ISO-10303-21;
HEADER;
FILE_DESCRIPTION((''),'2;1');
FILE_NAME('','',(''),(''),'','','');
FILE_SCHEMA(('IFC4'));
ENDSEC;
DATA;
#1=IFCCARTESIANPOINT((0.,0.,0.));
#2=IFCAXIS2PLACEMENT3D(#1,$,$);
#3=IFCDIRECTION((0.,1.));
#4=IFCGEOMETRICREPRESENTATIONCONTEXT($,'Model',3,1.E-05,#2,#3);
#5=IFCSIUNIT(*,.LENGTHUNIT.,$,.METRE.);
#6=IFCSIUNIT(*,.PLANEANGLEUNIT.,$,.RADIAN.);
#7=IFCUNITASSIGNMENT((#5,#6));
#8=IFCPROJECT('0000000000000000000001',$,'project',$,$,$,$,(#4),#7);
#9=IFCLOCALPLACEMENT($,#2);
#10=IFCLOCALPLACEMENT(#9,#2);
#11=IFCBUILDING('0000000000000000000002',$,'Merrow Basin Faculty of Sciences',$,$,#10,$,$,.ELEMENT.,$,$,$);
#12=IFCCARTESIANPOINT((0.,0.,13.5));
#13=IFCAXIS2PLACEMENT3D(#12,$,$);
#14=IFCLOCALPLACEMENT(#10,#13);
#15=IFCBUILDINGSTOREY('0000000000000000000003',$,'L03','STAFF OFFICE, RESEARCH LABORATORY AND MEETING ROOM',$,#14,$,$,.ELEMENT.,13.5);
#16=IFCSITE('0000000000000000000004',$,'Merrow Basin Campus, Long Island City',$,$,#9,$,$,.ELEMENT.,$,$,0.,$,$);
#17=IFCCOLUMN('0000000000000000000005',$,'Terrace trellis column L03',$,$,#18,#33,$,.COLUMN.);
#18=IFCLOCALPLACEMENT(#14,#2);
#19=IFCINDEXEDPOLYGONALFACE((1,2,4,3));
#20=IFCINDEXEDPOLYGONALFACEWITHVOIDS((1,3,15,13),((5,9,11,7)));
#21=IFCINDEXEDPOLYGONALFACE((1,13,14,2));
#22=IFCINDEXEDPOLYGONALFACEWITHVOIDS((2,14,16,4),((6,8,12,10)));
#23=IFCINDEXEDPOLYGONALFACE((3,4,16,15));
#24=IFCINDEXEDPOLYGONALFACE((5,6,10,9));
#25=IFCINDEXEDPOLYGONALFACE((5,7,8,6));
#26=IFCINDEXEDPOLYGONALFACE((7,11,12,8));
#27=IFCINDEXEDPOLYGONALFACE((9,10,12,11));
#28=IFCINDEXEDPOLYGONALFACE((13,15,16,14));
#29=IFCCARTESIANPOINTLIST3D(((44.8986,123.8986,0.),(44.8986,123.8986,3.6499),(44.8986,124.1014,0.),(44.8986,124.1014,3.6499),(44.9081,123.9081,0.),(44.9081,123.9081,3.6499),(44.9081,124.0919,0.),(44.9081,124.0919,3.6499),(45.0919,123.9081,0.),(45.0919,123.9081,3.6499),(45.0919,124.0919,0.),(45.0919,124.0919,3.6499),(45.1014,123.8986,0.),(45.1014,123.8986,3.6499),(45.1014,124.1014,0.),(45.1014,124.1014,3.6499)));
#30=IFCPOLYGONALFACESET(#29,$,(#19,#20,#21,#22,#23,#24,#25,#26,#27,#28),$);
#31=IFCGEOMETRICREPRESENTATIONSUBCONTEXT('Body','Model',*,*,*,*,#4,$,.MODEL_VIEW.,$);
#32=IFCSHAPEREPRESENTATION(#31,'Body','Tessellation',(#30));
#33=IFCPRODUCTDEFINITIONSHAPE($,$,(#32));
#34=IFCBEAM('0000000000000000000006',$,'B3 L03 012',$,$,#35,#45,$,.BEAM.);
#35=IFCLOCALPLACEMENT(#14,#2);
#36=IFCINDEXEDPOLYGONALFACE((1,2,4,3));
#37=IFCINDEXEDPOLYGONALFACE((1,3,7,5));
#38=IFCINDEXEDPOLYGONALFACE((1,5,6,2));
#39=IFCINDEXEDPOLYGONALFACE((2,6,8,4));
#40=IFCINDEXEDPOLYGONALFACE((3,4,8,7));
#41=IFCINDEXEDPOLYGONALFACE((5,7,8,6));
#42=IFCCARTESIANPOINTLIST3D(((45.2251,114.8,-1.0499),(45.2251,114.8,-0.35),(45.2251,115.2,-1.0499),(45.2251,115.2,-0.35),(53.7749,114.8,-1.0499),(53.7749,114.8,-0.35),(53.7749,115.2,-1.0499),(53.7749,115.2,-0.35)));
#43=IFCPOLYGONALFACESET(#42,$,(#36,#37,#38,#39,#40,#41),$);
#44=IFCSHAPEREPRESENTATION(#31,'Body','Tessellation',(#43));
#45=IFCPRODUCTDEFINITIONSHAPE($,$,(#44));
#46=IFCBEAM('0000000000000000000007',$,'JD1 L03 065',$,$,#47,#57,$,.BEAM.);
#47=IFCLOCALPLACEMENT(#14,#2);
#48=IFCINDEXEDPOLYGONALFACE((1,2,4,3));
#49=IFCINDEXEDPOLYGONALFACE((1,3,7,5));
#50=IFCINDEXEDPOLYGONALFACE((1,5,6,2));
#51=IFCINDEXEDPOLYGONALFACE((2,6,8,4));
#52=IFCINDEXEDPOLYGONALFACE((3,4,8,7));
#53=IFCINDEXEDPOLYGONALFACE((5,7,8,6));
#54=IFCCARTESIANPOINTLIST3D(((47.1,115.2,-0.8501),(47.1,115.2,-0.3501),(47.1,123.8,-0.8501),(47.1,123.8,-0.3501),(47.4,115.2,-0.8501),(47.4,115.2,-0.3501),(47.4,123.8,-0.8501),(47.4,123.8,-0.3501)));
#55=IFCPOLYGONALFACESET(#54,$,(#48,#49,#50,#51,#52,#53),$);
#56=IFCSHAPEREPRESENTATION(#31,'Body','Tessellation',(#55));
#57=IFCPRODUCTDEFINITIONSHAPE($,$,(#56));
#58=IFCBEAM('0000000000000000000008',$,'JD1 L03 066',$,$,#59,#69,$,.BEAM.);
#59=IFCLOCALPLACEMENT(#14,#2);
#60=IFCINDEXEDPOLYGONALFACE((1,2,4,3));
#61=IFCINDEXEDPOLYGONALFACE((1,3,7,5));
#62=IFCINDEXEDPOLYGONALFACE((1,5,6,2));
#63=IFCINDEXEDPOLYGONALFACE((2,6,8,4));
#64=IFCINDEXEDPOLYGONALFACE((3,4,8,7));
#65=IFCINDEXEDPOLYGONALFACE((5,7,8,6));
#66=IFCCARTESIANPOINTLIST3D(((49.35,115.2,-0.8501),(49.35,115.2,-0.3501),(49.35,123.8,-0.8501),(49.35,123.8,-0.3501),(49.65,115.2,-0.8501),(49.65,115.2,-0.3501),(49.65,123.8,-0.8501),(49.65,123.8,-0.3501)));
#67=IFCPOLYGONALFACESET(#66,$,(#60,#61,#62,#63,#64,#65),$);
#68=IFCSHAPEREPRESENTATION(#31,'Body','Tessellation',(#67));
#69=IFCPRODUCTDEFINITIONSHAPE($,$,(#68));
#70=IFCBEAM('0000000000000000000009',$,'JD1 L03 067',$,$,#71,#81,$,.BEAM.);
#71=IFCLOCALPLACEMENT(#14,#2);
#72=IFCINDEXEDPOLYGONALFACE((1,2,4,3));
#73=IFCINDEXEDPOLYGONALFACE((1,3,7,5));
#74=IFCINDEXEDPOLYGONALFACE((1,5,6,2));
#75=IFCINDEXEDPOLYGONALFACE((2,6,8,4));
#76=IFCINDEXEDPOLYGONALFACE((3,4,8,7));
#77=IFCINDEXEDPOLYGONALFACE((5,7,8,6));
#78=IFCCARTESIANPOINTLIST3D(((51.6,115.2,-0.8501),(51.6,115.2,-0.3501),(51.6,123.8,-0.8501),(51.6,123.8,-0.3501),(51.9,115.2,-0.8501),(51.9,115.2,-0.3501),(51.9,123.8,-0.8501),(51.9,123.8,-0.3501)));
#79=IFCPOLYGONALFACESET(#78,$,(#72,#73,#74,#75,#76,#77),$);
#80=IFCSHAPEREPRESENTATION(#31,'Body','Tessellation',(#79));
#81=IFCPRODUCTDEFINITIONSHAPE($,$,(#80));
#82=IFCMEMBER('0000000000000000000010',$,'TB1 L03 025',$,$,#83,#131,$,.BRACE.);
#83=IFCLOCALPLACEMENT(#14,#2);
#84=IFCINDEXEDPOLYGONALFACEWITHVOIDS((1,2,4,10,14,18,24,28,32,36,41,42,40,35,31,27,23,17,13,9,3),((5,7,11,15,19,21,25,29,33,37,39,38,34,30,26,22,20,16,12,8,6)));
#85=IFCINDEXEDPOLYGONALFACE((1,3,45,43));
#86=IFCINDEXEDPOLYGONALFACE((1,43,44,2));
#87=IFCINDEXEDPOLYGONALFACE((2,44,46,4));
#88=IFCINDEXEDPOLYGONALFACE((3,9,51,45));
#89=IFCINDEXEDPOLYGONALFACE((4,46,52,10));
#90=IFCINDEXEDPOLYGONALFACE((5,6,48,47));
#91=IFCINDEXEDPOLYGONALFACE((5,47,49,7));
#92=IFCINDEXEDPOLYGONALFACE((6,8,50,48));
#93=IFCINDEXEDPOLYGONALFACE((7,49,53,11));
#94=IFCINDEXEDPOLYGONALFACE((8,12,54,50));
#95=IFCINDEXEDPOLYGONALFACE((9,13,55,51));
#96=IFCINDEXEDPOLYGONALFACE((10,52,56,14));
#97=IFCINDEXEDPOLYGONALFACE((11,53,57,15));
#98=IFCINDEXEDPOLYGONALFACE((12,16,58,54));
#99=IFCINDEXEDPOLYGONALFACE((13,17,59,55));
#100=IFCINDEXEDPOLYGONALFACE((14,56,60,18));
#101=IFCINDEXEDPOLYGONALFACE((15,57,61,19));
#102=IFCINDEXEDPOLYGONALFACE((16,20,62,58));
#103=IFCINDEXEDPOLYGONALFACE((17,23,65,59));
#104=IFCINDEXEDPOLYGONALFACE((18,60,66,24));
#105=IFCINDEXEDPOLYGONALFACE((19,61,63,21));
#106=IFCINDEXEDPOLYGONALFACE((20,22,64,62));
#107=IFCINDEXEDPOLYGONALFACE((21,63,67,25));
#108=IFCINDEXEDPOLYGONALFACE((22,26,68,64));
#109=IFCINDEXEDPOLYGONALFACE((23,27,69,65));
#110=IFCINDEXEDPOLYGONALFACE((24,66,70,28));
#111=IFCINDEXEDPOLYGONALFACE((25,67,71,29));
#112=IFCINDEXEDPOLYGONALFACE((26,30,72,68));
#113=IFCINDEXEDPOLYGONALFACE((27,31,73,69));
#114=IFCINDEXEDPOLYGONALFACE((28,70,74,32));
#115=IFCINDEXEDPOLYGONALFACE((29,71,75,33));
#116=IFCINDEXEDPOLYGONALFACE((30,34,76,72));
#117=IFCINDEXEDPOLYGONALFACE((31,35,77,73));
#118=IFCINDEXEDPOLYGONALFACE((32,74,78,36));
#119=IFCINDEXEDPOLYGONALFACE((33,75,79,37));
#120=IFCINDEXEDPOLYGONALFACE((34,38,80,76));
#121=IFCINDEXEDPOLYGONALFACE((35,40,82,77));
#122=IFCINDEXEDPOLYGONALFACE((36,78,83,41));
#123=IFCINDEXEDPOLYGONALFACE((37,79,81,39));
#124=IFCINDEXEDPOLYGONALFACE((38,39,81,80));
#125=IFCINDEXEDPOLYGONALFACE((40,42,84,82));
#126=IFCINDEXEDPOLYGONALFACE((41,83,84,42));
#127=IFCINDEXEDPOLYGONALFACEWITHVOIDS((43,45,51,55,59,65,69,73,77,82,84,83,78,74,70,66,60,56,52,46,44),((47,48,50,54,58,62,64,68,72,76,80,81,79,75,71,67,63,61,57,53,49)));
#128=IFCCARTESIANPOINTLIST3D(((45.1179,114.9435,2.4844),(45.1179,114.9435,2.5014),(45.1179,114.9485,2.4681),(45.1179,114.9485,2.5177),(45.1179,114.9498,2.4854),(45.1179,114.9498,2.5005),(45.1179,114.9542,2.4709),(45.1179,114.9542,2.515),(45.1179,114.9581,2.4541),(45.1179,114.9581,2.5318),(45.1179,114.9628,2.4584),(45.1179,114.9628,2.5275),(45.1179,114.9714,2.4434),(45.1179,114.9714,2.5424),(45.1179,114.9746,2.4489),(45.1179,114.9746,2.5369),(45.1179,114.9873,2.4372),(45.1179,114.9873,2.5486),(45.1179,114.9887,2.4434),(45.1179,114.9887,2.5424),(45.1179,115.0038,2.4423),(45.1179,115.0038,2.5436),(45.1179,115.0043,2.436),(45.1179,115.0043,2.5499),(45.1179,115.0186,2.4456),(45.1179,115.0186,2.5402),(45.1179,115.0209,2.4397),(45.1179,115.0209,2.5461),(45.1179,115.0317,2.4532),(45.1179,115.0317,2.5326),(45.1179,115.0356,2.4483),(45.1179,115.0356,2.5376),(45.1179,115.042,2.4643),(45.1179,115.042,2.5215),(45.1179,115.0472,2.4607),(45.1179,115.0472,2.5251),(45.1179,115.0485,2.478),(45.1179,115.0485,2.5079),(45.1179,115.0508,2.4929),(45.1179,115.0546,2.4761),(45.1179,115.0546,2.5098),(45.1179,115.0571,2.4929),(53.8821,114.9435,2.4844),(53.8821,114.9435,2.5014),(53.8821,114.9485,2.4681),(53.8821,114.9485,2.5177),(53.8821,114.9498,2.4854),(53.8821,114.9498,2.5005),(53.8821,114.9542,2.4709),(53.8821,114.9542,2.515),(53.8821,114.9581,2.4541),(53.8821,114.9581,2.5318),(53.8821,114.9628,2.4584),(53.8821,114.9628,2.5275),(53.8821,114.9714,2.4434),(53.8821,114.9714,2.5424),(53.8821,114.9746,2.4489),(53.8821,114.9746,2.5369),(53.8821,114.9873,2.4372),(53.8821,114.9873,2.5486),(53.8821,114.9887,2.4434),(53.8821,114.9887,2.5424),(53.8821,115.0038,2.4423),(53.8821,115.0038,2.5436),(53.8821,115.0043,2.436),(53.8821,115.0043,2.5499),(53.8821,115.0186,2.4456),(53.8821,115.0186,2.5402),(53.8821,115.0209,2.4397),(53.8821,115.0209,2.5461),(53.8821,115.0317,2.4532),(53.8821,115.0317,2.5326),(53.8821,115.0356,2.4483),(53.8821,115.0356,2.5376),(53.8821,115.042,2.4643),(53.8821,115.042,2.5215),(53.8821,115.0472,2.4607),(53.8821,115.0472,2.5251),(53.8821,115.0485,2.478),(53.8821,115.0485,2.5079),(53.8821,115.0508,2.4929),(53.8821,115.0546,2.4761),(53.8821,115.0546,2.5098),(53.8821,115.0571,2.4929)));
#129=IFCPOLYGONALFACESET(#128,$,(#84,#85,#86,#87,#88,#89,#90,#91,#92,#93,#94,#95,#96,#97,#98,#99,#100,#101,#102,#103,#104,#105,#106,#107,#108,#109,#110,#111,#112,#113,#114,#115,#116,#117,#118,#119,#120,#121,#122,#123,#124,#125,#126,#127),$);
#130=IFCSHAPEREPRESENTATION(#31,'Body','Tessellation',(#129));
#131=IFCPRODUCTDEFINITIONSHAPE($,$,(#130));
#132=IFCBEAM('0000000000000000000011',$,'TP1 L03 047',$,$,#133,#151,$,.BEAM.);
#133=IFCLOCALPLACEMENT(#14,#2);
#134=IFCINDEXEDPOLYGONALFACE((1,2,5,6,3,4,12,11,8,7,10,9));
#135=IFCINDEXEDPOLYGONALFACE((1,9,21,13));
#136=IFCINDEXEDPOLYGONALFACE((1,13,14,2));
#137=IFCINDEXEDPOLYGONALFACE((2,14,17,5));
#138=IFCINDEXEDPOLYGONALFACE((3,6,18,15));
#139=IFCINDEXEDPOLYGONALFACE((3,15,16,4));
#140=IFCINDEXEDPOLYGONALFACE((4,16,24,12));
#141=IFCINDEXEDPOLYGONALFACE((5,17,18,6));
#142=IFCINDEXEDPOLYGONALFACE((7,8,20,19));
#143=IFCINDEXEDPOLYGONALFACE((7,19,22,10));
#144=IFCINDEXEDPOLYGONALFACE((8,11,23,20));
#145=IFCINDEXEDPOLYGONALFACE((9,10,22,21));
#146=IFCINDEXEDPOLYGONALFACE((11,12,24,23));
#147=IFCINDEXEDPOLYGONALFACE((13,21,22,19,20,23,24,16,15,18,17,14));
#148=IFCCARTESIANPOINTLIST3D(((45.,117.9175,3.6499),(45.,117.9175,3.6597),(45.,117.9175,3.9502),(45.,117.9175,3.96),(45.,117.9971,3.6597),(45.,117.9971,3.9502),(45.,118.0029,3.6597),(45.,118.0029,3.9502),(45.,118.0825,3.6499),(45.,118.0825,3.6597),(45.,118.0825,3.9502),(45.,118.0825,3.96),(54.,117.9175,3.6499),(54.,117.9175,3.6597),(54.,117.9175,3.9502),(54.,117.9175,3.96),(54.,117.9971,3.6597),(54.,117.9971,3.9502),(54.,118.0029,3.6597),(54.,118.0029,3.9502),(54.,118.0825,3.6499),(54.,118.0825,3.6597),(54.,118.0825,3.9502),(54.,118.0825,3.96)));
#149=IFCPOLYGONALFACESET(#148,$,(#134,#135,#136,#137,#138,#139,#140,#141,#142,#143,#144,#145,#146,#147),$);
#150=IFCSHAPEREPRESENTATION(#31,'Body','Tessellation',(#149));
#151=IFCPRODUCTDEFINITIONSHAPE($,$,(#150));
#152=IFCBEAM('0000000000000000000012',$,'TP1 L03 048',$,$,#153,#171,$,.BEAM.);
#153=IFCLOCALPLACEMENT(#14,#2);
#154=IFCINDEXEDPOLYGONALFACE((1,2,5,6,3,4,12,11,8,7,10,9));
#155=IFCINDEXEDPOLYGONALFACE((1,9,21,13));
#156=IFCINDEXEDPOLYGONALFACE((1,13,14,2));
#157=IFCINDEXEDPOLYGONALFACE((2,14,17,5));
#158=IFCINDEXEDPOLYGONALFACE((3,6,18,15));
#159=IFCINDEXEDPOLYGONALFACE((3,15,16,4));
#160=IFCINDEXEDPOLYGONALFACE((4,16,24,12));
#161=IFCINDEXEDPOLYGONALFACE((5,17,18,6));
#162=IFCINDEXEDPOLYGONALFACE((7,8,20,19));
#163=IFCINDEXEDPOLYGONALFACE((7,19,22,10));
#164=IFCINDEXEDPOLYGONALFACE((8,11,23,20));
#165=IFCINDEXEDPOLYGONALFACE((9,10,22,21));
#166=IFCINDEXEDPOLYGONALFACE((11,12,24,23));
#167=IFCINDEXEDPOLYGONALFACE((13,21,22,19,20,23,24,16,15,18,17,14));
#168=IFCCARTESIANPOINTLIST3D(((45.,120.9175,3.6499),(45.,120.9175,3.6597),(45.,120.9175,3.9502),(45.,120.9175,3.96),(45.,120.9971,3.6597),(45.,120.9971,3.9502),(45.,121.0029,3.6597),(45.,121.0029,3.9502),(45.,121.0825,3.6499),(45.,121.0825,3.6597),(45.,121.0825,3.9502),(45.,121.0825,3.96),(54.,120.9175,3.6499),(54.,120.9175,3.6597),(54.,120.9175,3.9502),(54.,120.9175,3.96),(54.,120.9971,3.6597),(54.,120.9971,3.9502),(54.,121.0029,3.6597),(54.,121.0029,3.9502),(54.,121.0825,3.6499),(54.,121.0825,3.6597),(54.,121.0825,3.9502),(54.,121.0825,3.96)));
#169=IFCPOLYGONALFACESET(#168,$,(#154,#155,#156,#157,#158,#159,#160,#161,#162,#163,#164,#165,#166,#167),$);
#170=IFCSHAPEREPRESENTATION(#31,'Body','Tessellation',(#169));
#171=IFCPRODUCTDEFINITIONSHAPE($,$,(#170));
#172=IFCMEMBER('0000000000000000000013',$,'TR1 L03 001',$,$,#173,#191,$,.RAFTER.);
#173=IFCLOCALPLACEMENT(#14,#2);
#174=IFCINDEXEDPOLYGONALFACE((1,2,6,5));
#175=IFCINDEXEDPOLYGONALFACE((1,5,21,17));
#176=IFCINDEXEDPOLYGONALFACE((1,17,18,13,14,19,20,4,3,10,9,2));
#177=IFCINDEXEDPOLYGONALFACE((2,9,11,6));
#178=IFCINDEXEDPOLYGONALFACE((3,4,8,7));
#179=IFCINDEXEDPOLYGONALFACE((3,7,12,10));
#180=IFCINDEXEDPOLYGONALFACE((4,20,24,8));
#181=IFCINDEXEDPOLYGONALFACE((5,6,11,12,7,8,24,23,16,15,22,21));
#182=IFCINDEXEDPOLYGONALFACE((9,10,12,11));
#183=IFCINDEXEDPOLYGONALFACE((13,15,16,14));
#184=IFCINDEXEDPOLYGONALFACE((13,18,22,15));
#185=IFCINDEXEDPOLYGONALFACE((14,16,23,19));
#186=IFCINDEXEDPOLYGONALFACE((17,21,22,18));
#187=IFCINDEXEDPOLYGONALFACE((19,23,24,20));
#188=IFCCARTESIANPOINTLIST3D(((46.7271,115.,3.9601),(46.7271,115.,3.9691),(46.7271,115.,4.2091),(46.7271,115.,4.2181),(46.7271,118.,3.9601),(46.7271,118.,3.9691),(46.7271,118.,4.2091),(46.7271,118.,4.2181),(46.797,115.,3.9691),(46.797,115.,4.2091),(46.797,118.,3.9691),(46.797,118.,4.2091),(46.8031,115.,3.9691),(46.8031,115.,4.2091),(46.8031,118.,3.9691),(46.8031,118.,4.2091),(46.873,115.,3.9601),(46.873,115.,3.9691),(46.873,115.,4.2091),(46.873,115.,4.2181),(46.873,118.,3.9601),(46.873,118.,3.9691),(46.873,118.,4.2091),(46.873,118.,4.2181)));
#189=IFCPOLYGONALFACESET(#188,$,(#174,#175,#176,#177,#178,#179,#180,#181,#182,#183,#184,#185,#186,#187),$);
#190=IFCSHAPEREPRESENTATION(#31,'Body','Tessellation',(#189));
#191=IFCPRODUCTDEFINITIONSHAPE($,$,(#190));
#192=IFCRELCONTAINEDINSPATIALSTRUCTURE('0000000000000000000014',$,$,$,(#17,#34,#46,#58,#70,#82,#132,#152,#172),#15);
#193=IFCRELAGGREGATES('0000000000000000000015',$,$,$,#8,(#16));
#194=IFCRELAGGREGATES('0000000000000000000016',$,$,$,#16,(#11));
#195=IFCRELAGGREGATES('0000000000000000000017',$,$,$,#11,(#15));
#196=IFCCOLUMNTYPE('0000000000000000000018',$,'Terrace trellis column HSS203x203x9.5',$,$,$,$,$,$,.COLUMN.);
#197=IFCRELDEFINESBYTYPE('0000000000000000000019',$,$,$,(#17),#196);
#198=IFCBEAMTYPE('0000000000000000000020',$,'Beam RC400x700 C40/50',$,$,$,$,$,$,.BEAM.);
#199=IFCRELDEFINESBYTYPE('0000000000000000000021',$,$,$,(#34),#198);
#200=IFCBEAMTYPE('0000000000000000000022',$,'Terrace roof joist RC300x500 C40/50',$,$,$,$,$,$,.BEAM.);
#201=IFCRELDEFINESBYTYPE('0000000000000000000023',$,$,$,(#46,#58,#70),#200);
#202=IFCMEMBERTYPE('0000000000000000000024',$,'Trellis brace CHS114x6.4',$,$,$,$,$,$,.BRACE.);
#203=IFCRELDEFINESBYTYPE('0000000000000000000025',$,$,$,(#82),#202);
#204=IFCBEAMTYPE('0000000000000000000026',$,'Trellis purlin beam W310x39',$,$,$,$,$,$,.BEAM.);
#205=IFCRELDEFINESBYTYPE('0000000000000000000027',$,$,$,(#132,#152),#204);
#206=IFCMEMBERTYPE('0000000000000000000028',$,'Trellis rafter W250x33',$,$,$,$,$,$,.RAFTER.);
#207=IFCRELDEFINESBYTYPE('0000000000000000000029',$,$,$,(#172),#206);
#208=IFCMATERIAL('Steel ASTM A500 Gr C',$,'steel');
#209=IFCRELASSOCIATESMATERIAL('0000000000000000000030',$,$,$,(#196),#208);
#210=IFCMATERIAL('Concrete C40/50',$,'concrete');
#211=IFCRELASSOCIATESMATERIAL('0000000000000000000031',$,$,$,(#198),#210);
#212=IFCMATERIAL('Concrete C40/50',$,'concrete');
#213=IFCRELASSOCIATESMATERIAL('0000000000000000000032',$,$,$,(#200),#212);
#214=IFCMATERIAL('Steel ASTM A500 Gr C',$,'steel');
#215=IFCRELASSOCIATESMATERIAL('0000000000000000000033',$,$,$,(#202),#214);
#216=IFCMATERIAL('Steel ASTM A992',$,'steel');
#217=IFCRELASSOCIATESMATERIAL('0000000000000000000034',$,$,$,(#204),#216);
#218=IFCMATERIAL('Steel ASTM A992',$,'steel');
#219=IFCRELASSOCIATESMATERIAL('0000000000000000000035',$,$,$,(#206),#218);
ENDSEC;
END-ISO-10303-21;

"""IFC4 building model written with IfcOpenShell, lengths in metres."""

from ifc_helpers import new_model, si_unit, direction, frame, origin, origin_2d, place, context, subcontext, project, spatial, rectangle, hollow_rectangle, hollow_circle, i_section, extrude, material, material_profile, profile_set, type_object, element, save


model = new_model("IFC4")

# Units and contexts
model_context = context("Model", 3, precision=1e-05, world=origin(), true_north=direction((0.0, 1.0)))
body_context = subcontext(model_context, "Body", "Model", "MODEL_VIEW")
ifc_project = project(units=[si_unit("LENGTHUNIT", "METRE"), si_unit("PLANEANGLEUNIT", "RADIAN")], contexts=[model_context])

# Site, building, storey
site_placement = place(None, origin())
site = spatial("IfcSite", under=ifc_project, at=site_placement, Name="Merrow Basin Campus, Long Island City", CompositionType="ELEMENT", RefElevation=0.0)
building_placement = place(site_placement, origin())
building = spatial("IfcBuilding", under=site, at=building_placement, Name="Merrow Basin Faculty of Sciences", CompositionType="ELEMENT")
storey_placement = place(building_placement, frame((0.0, 0.0, 13.5)))
storey = spatial("IfcBuildingStorey", under=building, at=storey_placement, Name="L03", Description="STAFF OFFICE, RESEARCH LABORATORY AND MEETING ROOM", CompositionType="ELEMENT", Elevation=13.5)

# Column
ifc_material_1 = material(Name="Steel ASTM A500 Gr C", Category="steel")
ifc_material_profile_1 = material_profile(ifc_material_1, hollow_rectangle(XDim=0.2029, YDim=0.2029, WallThickness=0.0095, at=origin_2d()))
ifc_profile_set_1 = profile_set([ifc_material_profile_1], Name="Steel ASTM A500 Gr C")
column_type = type_object("IfcColumnType", Name="Terrace trellis column HSS203x203x9.5", PredefinedType="COLUMN", material=ifc_profile_set_1)
column_placement = place(storey_placement, frame((45.0, 124.0, 0.0), z_axis=(0.0, 0.0, 1.0), x_axis=(1.0, 0.0, 0.0)))
element("IfcColumn", 1, at=column_placement, inside=storey, type_object=column_type, Name="Terrace trellis column L03", PredefinedType="COLUMN", context=body_context, shape_type="SweptSolid", body=[
    extrude(hollow_rectangle(XDim=0.2029, YDim=0.2029, WallThickness=0.0095, at=origin_2d()), origin(), (0.0, 0.0, 1.0), 3.6499),
])

# Beams
ifc_material_2 = material(Name="Concrete C40/50", Category="concrete")
ifc_material_profile_2 = material_profile(ifc_material_2, rectangle(XDim=0.3999, YDim=0.7, at=origin_2d()))
ifc_profile_set_2 = profile_set([ifc_material_profile_2], Name="Concrete C40/50")
beam_type_1 = type_object("IfcBeamType", Name="Beam RC400x700 C40/50", PredefinedType="BEAM", material=ifc_profile_set_2)
beam_placement = place(storey_placement, frame((45.2251, 115.0, -0.7), z_axis=(1.0, 0.0, 0.0), x_axis=(0.0, 1.0, 0.0)))
element("IfcBeam", 2, at=beam_placement, inside=storey, type_object=beam_type_1, Name="B3 L03 012", PredefinedType="BEAM", context=body_context, shape_type="SweptSolid", body=[
    extrude(rectangle(XDim=0.3999, YDim=0.7, at=origin_2d()), origin(), (0.0, 0.0, 1.0), 8.5498),
])
ifc_material_3 = material(Name="Concrete C40/50", Category="concrete")
ifc_material_profile_3 = material_profile(ifc_material_3, rectangle(XDim=0.3, YDim=0.5, at=origin_2d()))
ifc_profile_set_3 = profile_set([ifc_material_profile_3], Name="Concrete C40/50")
beam_type_2 = type_object("IfcBeamType", Name="Terrace roof joist RC300x500 C40/50", PredefinedType="BEAM", material=ifc_profile_set_3)
for number, where, z_axis, x_axis, name in (
    (3, (47.25, 115.2, -0.6001), (0.0, 1.0, 0.0), (-1.0, 0.0, 0.0), "JD1 L03 065"),
    (4, (49.5, 115.2, -0.6001), (0.0, 1.0, 0.0), (-1.0, 0.0, 0.0), "JD1 L03 066"),
    (5, (51.75, 115.2, -0.6001), (0.0, 1.0, 0.0), (-1.0, 0.0, 0.0), "JD1 L03 067"),
):
    element("IfcBeam", number, at=place(storey_placement, frame(where, z_axis=z_axis, x_axis=x_axis)), inside=storey, type_object=beam_type_2, Name=name, PredefinedType="BEAM", context=body_context, shape_type="SweptSolid", body=[
        extrude(rectangle(XDim=0.3, YDim=0.5, at=origin_2d()), origin(), (0.0, 0.0, 1.0), 8.6001),
    ])

# Member
ifc_material_4 = material(Name="Steel ASTM A500 Gr C", Category="steel")
ifc_material_profile_4 = material_profile(ifc_material_4, hollow_circle(Radius=0.0571, WallThickness=0.0063, at=origin_2d()))
ifc_profile_set_4 = profile_set([ifc_material_profile_4], Name="Steel ASTM A500 Gr C")
member_type_1 = type_object("IfcMemberType", Name="Trellis brace CHS114x6.4", PredefinedType="BRACE", material=ifc_profile_set_4)
member_placement = place(storey_placement, frame((45.1179, 115.0, 2.4929), z_axis=(1.0, 0.0, 0.0), x_axis=(0.0, 1.0, 0.0)))
element("IfcMember", 6, at=member_placement, inside=storey, type_object=member_type_1, Name="TB1 L03 025", PredefinedType="BRACE", context=body_context, shape_type="SweptSolid", body=[
    extrude(hollow_circle(Radius=0.0571, WallThickness=0.0063, at=origin_2d()), origin(), (0.0, 0.0, 1.0), 8.7642),
])

# Beams
ifc_material_5 = material(Name="Steel ASTM A992", Category="steel")
ifc_material_profile_5 = material_profile(ifc_material_5, i_section(OverallWidth=0.165, OverallDepth=0.3101, WebThickness=0.0059, FlangeThickness=0.0098, at=origin_2d()))
ifc_profile_set_5 = profile_set([ifc_material_profile_5], Name="Steel ASTM A992")
beam_type_3 = type_object("IfcBeamType", Name="Trellis purlin beam W310x39", PredefinedType="BEAM", material=ifc_profile_set_5)
for number, where, z_axis, x_axis, name in (
    (7, (45.0, 118.0, 3.8049), (1.0, 0.0, 0.0), (0.0, 1.0, 0.0), "TP1 L03 047"),
    (8, (45.0, 121.0, 3.8049), (1.0, 0.0, 0.0), (0.0, 1.0, 0.0), "TP1 L03 048"),
):
    element("IfcBeam", number, at=place(storey_placement, frame(where, z_axis=z_axis, x_axis=x_axis)), inside=storey, type_object=beam_type_3, Name=name, PredefinedType="BEAM", context=body_context, shape_type="SweptSolid", body=[
        extrude(i_section(OverallWidth=0.165, OverallDepth=0.3101, WebThickness=0.0059, FlangeThickness=0.0098, at=origin_2d()), origin(), (0.0, 0.0, 1.0), 9.0),
    ])

# Member
ifc_material_6 = material(Name="Steel ASTM A992", Category="steel")
ifc_material_profile_6 = material_profile(ifc_material_6, i_section(OverallWidth=0.146, OverallDepth=0.2581, WebThickness=0.0061, FlangeThickness=0.009, at=origin_2d()))
ifc_profile_set_6 = profile_set([ifc_material_profile_6], Name="Steel ASTM A992")
member_type_2 = type_object("IfcMemberType", Name="Trellis rafter W250x33", PredefinedType="RAFTER", material=ifc_profile_set_6)
for number, where, z_axis, x_axis, name in (
    (9, (46.8, 115.0, 4.0891), (0.0, 1.0, 0.0), (-1.0, 0.0, 0.0), "TR1 L03 001"),
):
    element("IfcMember", number, at=place(storey_placement, frame(where, z_axis=z_axis, x_axis=x_axis)), inside=storey, type_object=member_type_2, Name=name, PredefinedType="RAFTER", context=body_context, shape_type="SweptSolid", body=[
        extrude(i_section(OverallWidth=0.146, OverallDepth=0.2581, WebThickness=0.0061, FlangeThickness=0.009, at=origin_2d()), origin(), (0.0, 0.0, 1.0), 3.0),
    ])

save(model, "model.ifc")
